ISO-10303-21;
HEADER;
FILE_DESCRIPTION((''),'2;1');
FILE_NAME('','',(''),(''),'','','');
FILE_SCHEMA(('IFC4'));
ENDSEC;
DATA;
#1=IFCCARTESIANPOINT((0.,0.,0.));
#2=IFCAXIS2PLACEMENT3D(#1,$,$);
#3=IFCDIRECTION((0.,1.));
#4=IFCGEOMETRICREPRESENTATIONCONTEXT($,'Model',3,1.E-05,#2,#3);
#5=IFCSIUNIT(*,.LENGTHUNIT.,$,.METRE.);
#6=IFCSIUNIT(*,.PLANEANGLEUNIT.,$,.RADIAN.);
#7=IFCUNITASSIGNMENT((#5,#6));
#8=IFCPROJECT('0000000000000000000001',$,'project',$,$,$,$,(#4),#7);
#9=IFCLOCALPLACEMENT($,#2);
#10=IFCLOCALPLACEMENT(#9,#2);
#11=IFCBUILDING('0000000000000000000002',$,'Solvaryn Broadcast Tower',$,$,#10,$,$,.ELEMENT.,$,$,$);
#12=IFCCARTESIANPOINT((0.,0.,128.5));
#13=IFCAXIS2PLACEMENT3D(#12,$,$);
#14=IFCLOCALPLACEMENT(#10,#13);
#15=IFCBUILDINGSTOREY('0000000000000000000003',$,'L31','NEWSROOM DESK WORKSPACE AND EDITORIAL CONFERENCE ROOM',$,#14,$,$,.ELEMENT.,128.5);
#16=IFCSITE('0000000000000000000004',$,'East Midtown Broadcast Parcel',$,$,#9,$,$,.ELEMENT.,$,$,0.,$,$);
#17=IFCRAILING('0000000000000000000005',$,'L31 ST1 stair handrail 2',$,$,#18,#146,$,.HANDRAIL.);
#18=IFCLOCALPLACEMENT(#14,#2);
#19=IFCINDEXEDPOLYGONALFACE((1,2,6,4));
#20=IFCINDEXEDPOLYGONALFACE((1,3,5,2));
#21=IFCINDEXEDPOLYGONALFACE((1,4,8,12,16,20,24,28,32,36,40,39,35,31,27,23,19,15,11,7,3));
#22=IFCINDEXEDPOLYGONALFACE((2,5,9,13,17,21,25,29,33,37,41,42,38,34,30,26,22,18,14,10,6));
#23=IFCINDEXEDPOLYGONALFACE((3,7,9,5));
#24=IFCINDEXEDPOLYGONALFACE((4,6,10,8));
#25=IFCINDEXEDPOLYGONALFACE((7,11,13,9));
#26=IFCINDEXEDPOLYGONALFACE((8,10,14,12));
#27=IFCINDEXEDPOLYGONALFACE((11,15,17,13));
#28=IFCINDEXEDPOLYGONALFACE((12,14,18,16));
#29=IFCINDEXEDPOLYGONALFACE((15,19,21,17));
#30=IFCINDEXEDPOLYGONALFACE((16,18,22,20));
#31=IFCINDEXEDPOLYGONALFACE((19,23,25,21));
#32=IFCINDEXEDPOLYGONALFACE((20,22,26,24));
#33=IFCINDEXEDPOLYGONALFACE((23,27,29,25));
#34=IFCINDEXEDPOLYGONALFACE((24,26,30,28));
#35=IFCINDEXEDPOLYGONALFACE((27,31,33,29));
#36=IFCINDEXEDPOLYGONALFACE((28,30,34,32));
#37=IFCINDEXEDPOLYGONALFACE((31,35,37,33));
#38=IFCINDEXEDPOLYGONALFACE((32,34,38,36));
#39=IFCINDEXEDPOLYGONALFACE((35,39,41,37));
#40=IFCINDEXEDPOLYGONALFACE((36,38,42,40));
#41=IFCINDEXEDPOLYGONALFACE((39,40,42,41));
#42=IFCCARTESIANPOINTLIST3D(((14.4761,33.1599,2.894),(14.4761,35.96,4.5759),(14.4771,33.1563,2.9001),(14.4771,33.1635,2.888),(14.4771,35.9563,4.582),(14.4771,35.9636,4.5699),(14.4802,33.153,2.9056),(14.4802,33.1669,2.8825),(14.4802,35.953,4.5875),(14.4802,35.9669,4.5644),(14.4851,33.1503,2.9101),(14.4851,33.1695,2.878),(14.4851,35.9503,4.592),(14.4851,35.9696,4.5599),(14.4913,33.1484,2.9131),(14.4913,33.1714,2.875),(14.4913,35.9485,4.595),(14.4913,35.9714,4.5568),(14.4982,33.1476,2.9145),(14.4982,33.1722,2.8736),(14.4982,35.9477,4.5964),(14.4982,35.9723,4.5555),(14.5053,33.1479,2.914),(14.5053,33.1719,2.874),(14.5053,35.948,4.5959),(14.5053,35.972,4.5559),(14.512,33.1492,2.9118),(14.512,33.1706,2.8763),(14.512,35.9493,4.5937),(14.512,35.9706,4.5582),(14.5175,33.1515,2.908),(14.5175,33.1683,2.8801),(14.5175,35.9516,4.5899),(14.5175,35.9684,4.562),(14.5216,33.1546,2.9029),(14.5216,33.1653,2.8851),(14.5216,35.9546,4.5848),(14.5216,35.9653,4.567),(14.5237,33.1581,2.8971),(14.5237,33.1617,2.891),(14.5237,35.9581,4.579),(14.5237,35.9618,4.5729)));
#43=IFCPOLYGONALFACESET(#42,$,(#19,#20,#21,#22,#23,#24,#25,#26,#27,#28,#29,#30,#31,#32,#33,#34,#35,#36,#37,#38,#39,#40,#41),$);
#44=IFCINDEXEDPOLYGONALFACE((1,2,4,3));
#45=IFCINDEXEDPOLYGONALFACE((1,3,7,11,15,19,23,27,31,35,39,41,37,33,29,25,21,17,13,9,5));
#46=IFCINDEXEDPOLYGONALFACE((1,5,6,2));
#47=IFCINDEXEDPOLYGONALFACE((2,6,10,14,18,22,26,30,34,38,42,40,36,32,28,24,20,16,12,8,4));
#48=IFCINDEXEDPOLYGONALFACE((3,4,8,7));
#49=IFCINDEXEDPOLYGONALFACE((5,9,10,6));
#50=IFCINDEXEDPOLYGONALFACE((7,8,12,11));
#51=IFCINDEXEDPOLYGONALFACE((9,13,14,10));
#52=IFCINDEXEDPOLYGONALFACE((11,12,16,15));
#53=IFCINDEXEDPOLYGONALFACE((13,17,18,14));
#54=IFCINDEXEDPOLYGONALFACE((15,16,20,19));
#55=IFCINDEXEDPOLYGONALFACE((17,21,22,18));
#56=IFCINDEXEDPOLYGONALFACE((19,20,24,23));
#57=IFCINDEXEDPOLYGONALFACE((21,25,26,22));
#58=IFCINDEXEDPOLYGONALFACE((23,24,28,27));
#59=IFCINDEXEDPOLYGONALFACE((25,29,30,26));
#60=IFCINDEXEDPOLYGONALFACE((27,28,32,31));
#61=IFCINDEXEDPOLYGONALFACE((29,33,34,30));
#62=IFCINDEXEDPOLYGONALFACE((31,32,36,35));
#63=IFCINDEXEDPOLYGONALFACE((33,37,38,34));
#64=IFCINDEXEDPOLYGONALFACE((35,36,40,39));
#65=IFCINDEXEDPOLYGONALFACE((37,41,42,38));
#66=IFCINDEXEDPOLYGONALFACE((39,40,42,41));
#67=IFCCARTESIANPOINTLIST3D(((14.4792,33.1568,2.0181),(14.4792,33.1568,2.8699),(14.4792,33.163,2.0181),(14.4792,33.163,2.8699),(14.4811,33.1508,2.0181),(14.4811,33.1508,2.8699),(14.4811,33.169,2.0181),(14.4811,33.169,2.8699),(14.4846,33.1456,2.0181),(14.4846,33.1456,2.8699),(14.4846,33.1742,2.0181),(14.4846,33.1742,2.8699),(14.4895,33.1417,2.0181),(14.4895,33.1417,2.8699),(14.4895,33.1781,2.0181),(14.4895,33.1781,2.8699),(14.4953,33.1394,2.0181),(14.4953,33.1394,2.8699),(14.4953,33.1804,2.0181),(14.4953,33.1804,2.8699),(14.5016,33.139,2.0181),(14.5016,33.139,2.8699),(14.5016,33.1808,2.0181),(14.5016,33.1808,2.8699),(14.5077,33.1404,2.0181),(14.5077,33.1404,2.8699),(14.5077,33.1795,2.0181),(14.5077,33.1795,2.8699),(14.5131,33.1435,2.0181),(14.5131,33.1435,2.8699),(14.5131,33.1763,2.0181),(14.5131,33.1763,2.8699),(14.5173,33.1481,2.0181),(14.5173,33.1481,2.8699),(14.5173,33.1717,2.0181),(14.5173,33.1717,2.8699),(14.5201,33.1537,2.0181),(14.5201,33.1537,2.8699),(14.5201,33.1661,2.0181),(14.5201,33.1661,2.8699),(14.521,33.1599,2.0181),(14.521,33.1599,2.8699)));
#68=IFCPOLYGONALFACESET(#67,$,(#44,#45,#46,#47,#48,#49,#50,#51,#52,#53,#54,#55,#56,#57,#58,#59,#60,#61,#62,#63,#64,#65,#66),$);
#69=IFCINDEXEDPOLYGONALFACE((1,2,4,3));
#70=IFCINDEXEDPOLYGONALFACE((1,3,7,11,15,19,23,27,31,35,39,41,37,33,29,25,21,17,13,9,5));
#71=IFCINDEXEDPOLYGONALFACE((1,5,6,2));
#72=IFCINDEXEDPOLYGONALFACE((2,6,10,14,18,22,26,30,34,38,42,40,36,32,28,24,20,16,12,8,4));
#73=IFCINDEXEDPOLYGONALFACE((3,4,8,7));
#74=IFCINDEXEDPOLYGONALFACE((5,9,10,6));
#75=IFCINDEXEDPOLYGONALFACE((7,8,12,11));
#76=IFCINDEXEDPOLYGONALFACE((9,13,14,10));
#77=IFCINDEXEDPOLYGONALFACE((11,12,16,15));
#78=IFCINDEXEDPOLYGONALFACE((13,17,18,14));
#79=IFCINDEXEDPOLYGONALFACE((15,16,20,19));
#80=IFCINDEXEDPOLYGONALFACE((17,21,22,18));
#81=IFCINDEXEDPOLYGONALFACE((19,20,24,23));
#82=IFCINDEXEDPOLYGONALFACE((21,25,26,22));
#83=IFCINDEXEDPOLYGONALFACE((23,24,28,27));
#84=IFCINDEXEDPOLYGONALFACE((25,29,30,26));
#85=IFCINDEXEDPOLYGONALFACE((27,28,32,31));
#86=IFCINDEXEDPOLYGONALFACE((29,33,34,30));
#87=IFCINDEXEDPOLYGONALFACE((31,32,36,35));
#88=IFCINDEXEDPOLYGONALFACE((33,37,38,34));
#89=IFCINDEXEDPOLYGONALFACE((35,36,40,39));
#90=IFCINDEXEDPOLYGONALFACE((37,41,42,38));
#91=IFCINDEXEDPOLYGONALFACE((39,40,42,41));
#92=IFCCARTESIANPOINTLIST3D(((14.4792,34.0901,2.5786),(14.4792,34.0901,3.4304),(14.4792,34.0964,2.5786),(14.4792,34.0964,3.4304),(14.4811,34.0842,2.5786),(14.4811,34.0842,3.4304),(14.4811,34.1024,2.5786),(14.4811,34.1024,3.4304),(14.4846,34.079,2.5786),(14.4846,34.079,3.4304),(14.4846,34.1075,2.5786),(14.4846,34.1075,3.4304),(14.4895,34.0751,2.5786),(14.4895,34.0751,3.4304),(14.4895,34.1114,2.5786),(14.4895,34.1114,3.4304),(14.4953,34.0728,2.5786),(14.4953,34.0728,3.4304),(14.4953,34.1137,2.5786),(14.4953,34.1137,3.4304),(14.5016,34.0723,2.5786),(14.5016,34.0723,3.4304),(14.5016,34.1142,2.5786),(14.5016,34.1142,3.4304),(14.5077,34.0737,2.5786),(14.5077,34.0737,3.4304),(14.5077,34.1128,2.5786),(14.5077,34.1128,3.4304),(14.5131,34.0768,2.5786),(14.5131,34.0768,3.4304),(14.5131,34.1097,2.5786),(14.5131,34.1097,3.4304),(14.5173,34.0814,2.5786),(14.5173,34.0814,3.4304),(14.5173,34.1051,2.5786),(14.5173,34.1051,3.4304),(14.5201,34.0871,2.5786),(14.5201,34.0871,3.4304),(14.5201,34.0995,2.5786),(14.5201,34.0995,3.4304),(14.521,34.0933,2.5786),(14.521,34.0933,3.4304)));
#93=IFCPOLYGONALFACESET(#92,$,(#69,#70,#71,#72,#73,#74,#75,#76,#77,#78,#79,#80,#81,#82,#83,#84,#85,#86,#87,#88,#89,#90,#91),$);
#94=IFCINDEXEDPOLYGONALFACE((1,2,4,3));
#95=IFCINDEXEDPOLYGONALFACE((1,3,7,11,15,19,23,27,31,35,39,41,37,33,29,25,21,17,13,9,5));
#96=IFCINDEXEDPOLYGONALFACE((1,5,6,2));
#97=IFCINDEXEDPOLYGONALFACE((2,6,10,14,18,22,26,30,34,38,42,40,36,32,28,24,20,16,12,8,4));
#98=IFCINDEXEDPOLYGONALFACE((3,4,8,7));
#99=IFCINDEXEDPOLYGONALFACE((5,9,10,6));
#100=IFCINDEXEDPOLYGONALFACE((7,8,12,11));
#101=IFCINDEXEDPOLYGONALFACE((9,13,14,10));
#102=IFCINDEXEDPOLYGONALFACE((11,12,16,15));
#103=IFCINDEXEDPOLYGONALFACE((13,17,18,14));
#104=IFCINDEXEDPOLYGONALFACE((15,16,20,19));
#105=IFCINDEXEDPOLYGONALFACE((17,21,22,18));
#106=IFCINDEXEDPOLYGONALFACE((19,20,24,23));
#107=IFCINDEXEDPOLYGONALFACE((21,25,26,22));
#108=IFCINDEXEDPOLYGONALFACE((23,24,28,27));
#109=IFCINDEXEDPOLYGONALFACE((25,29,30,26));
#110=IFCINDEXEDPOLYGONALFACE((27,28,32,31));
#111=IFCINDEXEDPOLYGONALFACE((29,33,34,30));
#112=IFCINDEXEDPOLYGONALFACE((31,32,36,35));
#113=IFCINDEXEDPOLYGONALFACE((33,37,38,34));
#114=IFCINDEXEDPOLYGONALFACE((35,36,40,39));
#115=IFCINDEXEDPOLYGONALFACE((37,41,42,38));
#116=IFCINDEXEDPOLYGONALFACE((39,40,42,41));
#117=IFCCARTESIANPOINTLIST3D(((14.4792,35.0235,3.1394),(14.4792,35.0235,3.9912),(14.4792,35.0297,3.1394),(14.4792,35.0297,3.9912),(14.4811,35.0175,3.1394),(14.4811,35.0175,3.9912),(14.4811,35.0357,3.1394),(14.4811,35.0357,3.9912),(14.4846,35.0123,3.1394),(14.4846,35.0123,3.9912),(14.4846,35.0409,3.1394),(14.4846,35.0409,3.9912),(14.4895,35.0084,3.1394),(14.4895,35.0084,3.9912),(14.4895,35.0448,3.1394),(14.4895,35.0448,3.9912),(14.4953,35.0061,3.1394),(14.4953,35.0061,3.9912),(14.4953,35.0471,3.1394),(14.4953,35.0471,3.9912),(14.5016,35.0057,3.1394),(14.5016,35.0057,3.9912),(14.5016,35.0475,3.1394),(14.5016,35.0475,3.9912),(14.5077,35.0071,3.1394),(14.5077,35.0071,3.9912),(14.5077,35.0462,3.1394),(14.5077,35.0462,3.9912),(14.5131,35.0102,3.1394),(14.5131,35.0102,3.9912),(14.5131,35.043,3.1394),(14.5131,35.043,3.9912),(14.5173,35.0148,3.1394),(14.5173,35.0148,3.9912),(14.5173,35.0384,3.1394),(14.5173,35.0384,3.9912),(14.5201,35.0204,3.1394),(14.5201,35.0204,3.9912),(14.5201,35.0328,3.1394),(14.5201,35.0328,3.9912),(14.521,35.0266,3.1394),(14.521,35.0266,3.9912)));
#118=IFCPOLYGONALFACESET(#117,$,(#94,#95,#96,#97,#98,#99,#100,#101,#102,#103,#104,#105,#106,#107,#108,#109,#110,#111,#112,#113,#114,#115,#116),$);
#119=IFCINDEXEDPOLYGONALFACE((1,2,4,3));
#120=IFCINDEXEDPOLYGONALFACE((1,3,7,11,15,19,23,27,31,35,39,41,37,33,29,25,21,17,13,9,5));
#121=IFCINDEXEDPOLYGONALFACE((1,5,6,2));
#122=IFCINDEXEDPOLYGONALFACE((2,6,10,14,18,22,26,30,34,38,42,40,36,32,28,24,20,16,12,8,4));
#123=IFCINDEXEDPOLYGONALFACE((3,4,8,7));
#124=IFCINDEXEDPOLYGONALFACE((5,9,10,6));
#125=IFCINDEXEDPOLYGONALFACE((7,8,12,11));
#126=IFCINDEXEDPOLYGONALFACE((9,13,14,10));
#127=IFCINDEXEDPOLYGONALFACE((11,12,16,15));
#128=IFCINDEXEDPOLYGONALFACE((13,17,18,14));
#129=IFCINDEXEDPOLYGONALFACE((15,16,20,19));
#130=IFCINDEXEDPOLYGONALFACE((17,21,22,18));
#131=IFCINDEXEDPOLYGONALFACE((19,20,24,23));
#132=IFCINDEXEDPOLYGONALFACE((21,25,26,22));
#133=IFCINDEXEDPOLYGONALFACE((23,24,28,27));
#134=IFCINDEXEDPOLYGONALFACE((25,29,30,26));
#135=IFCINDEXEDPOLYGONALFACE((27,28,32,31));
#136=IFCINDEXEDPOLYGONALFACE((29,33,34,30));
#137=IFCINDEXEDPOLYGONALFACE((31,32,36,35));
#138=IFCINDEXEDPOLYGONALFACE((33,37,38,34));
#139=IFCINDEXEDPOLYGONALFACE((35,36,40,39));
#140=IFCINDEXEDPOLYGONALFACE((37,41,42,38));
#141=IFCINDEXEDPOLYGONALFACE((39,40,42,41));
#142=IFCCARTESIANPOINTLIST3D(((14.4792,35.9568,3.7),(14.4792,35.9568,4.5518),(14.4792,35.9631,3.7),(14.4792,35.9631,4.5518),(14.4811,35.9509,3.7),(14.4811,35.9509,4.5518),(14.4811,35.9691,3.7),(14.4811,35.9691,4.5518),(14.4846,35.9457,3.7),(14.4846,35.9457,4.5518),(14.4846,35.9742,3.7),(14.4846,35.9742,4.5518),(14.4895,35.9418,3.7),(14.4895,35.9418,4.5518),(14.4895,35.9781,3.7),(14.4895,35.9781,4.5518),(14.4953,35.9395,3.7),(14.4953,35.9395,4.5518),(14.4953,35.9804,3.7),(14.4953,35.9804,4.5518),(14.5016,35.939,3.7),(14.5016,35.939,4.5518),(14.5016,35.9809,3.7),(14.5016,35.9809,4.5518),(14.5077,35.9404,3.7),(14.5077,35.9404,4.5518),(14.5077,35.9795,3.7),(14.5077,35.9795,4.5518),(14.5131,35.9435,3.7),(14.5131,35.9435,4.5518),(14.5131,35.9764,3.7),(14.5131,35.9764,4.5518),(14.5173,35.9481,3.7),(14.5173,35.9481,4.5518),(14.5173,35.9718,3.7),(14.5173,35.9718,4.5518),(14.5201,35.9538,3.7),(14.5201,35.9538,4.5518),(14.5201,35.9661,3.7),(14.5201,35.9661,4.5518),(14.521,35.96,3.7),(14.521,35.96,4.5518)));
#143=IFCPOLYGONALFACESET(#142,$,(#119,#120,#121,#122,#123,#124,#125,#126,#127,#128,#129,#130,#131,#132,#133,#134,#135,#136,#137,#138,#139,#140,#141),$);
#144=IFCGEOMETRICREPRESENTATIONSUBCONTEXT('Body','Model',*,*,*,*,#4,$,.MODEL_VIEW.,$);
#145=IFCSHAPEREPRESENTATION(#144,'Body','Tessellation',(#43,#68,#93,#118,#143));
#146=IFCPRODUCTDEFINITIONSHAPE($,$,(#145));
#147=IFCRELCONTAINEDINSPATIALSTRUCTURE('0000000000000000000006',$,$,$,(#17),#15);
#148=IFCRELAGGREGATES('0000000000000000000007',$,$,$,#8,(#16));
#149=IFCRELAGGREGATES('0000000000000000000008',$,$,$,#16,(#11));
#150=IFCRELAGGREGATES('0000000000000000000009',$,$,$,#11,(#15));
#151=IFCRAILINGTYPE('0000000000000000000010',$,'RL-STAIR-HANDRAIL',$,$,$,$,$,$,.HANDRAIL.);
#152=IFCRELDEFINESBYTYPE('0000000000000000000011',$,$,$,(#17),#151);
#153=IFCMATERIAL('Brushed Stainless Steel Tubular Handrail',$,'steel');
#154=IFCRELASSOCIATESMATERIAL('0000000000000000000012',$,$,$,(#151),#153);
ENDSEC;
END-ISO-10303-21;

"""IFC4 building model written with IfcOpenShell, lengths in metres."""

from ifc_helpers import new_model, si_unit, direction, frame, origin, origin_2d, place, context, subcontext, project, spatial, circle, extrude, material, type_object, element, save


model = new_model("IFC4")

# Units and contexts
model_context = context("Model", 3, precision=1e-05, world=origin(), true_north=direction((0.0, 1.0)))
body_context = subcontext(model_context, "Body", "Model", "MODEL_VIEW")
ifc_project = project(units=[si_unit("LENGTHUNIT", "METRE"), si_unit("PLANEANGLEUNIT", "RADIAN")], contexts=[model_context])

# Site, building, storey
site_placement = place(None, origin())
site = spatial("IfcSite", under=ifc_project, at=site_placement, Name="East Midtown Broadcast Parcel", CompositionType="ELEMENT", RefElevation=0.0)
building_placement = place(site_placement, origin())
building = spatial("IfcBuilding", under=site, at=building_placement, Name="Solvaryn Broadcast Tower", CompositionType="ELEMENT")
storey_placement = place(building_placement, frame((0.0, 0.0, 128.5)))
storey = spatial("IfcBuildingStorey", under=building, at=storey_placement, Name="L31", Description="NEWSROOM DESK WORKSPACE AND EDITORIAL CONFERENCE ROOM", CompositionType="ELEMENT", Elevation=128.5)

# Railing
ifc_material_1 = material(Name="Brushed Stainless Steel Tubular Handrail", Category="steel")
railing_type_1 = type_object("IfcRailingType", Name="RL-STAIR-HANDRAIL", PredefinedType="HANDRAIL", material=ifc_material_1)
railing_1_placement = place(storey_placement, frame((14.5, 33.1599, 2.0181)))
element("IfcRailing", 1, at=railing_1_placement, inside=storey, type_object=railing_type_1, Name="L31 ST1 stair handrail 2", PredefinedType="HANDRAIL", context=body_context, shape_type="SweptSolid", body=[
    extrude(circle(Radius=0.0239, at=origin_2d()), frame((0.0, 0.0, 0.876), z_axis=(0.0, 0.857242, 0.514913), x_axis=(-1.0, 0.0, 0.0)), (0.0, 0.0, 1.0), 3.2664),
    extrude(circle(Radius=0.021, at=origin_2d()), origin(), (0.0, 0.0, 1.0), 0.8518),
    extrude(circle(Radius=0.021, at=origin_2d()), frame((0.0, 0.9333, 0.5605)), (0.0, 0.0, 1.0), 0.8518),
    extrude(circle(Radius=0.021, at=origin_2d()), frame((0.0, 1.8667, 1.1213)), (0.0, 0.0, 1.0), 0.8518),
    extrude(circle(Radius=0.021, at=origin_2d()), frame((0.0, 2.8, 1.6819)), (0.0, 0.0, 1.0), 0.8518),
])

save(model, "model.ifc")
